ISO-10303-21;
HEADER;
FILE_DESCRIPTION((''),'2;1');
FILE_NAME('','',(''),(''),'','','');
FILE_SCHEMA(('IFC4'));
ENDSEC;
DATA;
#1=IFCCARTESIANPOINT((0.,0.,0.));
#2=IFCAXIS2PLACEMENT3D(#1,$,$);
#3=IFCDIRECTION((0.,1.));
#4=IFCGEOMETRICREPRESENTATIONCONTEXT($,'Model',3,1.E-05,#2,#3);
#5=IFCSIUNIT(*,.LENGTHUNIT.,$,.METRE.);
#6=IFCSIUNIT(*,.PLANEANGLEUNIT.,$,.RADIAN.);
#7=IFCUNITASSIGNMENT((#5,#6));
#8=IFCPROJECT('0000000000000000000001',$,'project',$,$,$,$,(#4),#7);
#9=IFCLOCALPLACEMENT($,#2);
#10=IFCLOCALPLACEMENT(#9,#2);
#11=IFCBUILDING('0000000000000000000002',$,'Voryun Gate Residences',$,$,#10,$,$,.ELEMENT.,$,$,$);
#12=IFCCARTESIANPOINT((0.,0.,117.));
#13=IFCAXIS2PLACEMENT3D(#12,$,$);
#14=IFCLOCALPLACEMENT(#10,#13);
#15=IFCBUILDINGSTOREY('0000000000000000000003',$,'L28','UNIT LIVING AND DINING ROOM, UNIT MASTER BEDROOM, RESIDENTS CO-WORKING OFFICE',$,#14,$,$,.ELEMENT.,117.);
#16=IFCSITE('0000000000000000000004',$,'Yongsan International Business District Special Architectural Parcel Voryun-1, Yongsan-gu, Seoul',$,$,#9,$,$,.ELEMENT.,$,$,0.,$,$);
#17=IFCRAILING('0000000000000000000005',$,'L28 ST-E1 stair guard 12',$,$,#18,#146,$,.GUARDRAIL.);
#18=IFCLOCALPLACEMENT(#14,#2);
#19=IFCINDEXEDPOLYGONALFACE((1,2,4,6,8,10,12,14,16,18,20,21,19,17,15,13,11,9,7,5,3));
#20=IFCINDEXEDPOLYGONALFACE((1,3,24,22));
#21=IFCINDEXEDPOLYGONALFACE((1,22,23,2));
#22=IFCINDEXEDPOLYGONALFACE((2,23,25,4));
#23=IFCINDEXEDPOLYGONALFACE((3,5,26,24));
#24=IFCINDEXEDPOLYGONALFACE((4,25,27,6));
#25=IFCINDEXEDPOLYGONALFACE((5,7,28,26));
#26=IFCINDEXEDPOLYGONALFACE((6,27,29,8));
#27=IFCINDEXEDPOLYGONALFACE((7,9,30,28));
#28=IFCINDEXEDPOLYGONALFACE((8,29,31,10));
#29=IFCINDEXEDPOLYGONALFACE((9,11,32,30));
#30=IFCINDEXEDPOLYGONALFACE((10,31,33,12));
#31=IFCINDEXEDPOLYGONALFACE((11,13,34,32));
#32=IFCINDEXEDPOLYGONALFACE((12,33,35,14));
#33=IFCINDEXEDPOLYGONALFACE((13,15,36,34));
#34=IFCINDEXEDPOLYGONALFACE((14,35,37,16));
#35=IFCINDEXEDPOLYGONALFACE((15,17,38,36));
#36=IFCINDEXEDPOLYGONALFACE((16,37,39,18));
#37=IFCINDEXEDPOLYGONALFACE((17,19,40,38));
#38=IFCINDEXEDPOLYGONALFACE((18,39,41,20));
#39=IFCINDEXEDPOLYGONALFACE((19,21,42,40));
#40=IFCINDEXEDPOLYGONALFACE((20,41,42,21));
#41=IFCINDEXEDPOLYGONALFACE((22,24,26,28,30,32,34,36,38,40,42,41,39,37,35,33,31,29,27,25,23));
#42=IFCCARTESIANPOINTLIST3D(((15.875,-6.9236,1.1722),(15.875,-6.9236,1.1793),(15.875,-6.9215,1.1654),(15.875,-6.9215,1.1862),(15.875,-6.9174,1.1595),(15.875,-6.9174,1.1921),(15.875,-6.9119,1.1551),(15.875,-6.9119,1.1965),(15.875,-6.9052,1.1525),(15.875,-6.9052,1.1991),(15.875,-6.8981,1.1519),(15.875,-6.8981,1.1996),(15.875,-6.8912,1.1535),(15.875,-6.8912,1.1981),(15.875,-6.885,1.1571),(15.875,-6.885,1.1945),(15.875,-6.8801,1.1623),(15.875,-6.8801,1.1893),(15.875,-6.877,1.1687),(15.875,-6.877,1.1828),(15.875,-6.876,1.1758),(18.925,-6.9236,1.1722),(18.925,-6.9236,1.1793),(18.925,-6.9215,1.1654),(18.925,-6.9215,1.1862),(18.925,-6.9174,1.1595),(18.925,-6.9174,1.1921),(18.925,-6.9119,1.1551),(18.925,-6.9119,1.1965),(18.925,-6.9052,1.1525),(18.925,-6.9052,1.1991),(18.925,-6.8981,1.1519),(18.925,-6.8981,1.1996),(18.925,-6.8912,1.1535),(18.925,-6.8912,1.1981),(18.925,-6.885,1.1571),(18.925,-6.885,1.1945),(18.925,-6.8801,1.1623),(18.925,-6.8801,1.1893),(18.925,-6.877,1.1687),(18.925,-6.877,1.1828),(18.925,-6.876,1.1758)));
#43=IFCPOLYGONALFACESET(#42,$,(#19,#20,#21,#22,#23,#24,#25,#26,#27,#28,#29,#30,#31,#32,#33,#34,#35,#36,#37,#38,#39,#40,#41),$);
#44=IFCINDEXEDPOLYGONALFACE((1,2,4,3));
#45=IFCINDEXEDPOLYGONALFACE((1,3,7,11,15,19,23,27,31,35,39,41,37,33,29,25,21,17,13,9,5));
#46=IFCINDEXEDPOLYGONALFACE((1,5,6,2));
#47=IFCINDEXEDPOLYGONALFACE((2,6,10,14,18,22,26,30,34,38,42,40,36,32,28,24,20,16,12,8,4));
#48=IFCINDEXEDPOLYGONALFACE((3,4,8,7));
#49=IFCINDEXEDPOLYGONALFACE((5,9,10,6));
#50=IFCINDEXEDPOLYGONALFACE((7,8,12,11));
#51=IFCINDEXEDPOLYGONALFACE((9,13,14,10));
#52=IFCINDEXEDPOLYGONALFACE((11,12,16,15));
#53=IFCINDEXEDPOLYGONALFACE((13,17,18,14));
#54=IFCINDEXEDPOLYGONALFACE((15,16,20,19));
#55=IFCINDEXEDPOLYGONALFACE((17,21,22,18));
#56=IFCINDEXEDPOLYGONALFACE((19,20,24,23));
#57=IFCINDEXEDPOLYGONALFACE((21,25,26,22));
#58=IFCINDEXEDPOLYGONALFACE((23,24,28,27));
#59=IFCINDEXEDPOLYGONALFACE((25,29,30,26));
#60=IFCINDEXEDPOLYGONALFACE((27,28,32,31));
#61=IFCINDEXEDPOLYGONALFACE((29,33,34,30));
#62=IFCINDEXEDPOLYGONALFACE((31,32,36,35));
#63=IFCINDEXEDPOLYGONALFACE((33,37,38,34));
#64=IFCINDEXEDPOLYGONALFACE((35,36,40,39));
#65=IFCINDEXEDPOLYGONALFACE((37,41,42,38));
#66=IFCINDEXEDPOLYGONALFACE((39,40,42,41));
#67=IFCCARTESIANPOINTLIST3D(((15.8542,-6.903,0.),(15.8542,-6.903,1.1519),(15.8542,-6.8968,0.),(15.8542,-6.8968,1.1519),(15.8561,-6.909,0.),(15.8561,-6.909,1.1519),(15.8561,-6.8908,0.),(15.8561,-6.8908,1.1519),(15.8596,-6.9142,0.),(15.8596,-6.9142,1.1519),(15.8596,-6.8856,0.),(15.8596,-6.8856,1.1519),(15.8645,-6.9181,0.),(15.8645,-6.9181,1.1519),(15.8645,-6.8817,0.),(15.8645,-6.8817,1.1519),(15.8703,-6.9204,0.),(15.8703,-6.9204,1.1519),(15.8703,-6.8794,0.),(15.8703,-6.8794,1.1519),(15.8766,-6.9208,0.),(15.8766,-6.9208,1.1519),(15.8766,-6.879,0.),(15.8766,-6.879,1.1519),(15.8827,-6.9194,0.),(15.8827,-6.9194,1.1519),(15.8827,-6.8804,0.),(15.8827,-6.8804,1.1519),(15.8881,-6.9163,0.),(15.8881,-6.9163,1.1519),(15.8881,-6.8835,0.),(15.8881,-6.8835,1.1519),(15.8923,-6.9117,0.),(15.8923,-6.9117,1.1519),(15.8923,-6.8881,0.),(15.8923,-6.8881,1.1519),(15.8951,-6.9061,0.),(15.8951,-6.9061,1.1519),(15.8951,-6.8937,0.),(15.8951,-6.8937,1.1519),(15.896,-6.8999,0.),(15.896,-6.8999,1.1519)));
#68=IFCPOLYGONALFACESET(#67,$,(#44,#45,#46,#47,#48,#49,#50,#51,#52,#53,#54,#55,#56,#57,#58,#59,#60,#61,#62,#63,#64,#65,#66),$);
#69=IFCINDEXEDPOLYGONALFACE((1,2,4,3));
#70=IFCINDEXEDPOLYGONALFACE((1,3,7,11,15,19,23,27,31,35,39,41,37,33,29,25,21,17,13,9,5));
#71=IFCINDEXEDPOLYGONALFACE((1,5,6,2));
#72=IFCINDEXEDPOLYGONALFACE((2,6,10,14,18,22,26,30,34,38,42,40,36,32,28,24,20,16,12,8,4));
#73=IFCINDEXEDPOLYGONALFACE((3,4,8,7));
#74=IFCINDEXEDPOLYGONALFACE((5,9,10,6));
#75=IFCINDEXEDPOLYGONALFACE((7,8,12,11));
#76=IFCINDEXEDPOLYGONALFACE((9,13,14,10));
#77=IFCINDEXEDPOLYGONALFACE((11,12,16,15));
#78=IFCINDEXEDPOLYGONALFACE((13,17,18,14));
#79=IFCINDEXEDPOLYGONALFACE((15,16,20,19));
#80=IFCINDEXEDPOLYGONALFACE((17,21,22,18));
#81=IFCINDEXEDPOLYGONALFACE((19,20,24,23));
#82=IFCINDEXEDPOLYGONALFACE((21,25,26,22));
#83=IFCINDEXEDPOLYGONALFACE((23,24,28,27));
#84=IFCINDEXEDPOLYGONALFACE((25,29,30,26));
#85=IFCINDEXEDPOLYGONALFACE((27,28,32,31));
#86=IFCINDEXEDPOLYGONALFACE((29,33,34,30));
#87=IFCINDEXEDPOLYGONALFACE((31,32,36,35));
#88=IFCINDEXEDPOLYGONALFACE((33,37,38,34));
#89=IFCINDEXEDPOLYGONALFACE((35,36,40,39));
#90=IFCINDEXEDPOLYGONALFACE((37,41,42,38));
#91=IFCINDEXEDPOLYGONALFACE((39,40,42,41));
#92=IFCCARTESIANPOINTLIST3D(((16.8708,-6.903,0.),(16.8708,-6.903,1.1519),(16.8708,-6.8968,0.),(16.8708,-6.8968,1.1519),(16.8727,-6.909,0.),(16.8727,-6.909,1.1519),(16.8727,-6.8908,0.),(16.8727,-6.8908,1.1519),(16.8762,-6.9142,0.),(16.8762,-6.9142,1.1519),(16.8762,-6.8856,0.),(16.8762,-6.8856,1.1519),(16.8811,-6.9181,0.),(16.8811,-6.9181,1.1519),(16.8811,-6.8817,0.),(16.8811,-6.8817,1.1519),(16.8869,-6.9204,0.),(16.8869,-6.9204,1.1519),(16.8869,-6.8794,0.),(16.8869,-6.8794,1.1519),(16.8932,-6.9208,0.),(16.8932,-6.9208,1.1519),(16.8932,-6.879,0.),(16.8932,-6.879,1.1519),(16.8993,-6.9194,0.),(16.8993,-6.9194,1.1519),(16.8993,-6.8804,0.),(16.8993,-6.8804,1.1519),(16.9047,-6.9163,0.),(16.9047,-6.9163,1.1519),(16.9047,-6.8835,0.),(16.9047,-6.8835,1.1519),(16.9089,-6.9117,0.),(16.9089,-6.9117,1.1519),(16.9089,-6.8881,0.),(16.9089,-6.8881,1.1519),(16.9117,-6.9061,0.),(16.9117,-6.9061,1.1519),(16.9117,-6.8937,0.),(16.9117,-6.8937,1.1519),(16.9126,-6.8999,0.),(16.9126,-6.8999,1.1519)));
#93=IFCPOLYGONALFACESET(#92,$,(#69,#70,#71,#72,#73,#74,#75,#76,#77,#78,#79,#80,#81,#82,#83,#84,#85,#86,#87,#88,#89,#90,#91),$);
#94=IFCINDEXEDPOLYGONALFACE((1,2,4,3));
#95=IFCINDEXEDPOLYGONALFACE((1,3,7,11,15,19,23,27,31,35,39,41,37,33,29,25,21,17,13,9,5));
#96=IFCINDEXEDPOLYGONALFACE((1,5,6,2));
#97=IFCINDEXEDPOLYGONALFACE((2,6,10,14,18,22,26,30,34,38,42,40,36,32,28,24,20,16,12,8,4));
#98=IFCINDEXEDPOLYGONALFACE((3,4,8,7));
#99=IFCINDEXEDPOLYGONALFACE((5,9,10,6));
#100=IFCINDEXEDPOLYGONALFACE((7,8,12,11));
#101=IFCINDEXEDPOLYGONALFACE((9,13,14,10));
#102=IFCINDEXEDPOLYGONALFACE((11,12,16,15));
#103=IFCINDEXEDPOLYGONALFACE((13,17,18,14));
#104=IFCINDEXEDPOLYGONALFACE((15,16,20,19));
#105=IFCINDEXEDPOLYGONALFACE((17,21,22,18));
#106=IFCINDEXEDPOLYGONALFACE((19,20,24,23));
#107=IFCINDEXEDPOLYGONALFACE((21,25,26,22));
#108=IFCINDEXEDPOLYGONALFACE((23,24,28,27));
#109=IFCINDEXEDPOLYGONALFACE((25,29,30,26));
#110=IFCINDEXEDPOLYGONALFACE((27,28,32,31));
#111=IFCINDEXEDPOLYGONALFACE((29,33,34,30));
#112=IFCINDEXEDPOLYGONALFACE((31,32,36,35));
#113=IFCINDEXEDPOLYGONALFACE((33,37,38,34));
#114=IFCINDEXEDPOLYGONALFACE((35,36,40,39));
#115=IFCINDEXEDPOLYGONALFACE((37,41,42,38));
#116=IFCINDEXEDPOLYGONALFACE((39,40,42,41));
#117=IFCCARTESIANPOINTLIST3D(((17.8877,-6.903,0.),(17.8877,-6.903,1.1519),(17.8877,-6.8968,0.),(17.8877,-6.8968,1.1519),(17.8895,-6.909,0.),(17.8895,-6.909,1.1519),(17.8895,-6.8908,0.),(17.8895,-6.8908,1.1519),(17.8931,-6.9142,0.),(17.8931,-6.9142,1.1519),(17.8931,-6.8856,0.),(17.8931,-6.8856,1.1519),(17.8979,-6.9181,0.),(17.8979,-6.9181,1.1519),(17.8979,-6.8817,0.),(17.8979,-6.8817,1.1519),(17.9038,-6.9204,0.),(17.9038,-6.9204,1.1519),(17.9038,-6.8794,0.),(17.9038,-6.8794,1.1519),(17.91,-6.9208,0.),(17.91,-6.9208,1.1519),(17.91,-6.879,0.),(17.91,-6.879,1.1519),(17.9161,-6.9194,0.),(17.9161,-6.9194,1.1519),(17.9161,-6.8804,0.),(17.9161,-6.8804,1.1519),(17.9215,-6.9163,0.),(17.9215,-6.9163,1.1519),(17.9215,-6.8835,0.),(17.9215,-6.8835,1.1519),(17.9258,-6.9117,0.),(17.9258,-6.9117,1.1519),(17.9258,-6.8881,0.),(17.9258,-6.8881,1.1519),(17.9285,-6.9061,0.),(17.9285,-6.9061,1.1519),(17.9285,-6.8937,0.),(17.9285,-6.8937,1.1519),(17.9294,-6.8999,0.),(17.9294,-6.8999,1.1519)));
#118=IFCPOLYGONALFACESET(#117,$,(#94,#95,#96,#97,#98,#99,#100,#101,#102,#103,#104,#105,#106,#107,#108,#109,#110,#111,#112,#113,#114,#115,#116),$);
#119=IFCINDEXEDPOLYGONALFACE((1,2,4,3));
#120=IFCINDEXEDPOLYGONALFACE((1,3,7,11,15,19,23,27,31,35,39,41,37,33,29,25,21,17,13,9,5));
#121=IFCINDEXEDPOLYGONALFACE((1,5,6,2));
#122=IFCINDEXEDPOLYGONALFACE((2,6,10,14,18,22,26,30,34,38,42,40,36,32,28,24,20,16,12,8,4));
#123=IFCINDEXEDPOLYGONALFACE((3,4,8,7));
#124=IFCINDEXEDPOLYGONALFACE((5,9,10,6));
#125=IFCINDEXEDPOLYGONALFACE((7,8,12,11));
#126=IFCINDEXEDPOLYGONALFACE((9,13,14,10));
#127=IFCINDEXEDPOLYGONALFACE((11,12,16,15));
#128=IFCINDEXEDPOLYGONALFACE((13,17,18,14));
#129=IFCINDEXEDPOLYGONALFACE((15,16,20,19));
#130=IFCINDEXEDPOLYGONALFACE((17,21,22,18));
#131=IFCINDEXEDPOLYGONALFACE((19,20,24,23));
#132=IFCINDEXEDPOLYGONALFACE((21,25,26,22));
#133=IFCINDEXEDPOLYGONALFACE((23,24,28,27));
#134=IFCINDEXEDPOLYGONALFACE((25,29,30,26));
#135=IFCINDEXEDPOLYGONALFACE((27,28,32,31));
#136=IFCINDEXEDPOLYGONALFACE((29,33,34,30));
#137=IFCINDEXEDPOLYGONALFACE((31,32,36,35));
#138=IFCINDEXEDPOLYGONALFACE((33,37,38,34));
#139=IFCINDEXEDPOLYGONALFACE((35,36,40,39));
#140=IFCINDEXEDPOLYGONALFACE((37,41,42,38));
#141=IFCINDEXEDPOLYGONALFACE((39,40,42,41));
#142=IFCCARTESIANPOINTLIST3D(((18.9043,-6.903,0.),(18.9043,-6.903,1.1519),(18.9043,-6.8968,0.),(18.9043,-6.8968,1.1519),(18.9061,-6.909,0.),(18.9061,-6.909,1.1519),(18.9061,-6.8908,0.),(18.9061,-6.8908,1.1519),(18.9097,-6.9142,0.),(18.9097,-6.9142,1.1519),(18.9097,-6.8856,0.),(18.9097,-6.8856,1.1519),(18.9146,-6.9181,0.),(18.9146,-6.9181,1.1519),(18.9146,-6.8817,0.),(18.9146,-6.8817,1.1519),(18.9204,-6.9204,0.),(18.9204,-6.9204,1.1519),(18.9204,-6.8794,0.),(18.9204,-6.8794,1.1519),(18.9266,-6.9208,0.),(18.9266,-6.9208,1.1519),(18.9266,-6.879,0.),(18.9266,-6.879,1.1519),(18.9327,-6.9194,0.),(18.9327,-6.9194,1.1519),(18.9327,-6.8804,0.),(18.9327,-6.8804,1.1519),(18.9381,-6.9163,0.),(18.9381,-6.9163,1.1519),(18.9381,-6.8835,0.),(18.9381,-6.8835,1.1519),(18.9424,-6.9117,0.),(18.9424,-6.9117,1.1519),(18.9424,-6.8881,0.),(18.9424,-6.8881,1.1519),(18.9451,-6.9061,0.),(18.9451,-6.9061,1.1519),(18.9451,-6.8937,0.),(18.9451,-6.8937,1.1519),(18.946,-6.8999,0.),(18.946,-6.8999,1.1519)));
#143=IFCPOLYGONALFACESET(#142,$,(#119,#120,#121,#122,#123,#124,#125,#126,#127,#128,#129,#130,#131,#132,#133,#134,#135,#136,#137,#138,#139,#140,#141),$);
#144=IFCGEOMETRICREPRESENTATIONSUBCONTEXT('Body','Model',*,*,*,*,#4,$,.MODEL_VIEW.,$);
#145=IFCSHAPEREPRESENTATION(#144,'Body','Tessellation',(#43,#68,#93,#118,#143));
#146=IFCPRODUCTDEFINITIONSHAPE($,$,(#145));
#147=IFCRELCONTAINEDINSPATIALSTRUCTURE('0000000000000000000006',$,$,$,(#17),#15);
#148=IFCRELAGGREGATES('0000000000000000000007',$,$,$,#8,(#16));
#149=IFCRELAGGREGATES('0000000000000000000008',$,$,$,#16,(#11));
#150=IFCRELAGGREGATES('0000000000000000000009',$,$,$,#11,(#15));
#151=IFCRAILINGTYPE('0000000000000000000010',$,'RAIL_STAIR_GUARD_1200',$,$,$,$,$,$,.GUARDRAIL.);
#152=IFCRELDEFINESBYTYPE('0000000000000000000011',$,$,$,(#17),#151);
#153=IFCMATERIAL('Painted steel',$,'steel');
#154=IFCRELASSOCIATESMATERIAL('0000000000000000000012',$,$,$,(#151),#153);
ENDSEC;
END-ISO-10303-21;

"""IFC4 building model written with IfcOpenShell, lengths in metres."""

from ifc_helpers import new_model, si_unit, direction, frame, origin, origin_2d, place, context, subcontext, project, spatial, circle, extrude, material, type_object, element, save


model = new_model("IFC4")

# Units and contexts
model_context = context("Model", 3, precision=1e-05, world=origin(), true_north=direction((0.0, 1.0)))
body_context = subcontext(model_context, "Body", "Model", "MODEL_VIEW")
ifc_project = project(units=[si_unit("LENGTHUNIT", "METRE"), si_unit("PLANEANGLEUNIT", "RADIAN")], contexts=[model_context])

# Site, building, storey
site_placement = place(None, origin())
site = spatial("IfcSite", under=ifc_project, at=site_placement, Name="Yongsan International Business District Special Architectural Parcel Voryun-1, Yongsan-gu, Seoul", CompositionType="ELEMENT", RefElevation=0.0)
building_placement = place(site_placement, origin())
building = spatial("IfcBuilding", under=site, at=building_placement, Name="Voryun Gate Residences", CompositionType="ELEMENT")
storey_placement = place(building_placement, frame((0.0, 0.0, 117.0)))
storey = spatial("IfcBuildingStorey", under=building, at=storey_placement, Name="L28", Description="UNIT LIVING AND DINING ROOM, UNIT MASTER BEDROOM, RESIDENTS CO-WORKING OFFICE", CompositionType="ELEMENT", Elevation=117.0)

# Railing
ifc_material_1 = material(Name="Painted steel", Category="steel")
railing_type_1 = type_object("IfcRailingType", Name="RAIL_STAIR_GUARD_1200", PredefinedType="GUARDRAIL", material=ifc_material_1)
railing_1_placement = place(storey_placement, frame((15.875, -6.8999, 0.0)))
element("IfcRailing", 1, at=railing_1_placement, inside=storey, type_object=railing_type_1, Name="L28 ST-E1 stair guard 12", PredefinedType="GUARDRAIL", context=body_context, shape_type="SweptSolid", body=[
    extrude(circle(Radius=0.0239, at=origin_2d()), frame((0.0, 0.0, 1.1758), z_axis=(1.0, 0.0, 0.0), x_axis=(0.0, 1.0, 0.0)), (0.0, 0.0, 1.0), 3.05),
    extrude(circle(Radius=0.021, at=origin_2d()), origin(), (0.0, 0.0, 1.0), 1.1519),
    extrude(circle(Radius=0.021, at=origin_2d()), frame((1.0166, 0.0, 0.0)), (0.0, 0.0, 1.0), 1.1519),
    extrude(circle(Radius=0.021, at=origin_2d()), frame((2.0334, 0.0, 0.0)), (0.0, 0.0, 1.0), 1.1519),
    extrude(circle(Radius=0.021, at=origin_2d()), frame((3.05, 0.0, 0.0)), (0.0, 0.0, 1.0), 1.1519),
])

save(model, "model.ifc")
